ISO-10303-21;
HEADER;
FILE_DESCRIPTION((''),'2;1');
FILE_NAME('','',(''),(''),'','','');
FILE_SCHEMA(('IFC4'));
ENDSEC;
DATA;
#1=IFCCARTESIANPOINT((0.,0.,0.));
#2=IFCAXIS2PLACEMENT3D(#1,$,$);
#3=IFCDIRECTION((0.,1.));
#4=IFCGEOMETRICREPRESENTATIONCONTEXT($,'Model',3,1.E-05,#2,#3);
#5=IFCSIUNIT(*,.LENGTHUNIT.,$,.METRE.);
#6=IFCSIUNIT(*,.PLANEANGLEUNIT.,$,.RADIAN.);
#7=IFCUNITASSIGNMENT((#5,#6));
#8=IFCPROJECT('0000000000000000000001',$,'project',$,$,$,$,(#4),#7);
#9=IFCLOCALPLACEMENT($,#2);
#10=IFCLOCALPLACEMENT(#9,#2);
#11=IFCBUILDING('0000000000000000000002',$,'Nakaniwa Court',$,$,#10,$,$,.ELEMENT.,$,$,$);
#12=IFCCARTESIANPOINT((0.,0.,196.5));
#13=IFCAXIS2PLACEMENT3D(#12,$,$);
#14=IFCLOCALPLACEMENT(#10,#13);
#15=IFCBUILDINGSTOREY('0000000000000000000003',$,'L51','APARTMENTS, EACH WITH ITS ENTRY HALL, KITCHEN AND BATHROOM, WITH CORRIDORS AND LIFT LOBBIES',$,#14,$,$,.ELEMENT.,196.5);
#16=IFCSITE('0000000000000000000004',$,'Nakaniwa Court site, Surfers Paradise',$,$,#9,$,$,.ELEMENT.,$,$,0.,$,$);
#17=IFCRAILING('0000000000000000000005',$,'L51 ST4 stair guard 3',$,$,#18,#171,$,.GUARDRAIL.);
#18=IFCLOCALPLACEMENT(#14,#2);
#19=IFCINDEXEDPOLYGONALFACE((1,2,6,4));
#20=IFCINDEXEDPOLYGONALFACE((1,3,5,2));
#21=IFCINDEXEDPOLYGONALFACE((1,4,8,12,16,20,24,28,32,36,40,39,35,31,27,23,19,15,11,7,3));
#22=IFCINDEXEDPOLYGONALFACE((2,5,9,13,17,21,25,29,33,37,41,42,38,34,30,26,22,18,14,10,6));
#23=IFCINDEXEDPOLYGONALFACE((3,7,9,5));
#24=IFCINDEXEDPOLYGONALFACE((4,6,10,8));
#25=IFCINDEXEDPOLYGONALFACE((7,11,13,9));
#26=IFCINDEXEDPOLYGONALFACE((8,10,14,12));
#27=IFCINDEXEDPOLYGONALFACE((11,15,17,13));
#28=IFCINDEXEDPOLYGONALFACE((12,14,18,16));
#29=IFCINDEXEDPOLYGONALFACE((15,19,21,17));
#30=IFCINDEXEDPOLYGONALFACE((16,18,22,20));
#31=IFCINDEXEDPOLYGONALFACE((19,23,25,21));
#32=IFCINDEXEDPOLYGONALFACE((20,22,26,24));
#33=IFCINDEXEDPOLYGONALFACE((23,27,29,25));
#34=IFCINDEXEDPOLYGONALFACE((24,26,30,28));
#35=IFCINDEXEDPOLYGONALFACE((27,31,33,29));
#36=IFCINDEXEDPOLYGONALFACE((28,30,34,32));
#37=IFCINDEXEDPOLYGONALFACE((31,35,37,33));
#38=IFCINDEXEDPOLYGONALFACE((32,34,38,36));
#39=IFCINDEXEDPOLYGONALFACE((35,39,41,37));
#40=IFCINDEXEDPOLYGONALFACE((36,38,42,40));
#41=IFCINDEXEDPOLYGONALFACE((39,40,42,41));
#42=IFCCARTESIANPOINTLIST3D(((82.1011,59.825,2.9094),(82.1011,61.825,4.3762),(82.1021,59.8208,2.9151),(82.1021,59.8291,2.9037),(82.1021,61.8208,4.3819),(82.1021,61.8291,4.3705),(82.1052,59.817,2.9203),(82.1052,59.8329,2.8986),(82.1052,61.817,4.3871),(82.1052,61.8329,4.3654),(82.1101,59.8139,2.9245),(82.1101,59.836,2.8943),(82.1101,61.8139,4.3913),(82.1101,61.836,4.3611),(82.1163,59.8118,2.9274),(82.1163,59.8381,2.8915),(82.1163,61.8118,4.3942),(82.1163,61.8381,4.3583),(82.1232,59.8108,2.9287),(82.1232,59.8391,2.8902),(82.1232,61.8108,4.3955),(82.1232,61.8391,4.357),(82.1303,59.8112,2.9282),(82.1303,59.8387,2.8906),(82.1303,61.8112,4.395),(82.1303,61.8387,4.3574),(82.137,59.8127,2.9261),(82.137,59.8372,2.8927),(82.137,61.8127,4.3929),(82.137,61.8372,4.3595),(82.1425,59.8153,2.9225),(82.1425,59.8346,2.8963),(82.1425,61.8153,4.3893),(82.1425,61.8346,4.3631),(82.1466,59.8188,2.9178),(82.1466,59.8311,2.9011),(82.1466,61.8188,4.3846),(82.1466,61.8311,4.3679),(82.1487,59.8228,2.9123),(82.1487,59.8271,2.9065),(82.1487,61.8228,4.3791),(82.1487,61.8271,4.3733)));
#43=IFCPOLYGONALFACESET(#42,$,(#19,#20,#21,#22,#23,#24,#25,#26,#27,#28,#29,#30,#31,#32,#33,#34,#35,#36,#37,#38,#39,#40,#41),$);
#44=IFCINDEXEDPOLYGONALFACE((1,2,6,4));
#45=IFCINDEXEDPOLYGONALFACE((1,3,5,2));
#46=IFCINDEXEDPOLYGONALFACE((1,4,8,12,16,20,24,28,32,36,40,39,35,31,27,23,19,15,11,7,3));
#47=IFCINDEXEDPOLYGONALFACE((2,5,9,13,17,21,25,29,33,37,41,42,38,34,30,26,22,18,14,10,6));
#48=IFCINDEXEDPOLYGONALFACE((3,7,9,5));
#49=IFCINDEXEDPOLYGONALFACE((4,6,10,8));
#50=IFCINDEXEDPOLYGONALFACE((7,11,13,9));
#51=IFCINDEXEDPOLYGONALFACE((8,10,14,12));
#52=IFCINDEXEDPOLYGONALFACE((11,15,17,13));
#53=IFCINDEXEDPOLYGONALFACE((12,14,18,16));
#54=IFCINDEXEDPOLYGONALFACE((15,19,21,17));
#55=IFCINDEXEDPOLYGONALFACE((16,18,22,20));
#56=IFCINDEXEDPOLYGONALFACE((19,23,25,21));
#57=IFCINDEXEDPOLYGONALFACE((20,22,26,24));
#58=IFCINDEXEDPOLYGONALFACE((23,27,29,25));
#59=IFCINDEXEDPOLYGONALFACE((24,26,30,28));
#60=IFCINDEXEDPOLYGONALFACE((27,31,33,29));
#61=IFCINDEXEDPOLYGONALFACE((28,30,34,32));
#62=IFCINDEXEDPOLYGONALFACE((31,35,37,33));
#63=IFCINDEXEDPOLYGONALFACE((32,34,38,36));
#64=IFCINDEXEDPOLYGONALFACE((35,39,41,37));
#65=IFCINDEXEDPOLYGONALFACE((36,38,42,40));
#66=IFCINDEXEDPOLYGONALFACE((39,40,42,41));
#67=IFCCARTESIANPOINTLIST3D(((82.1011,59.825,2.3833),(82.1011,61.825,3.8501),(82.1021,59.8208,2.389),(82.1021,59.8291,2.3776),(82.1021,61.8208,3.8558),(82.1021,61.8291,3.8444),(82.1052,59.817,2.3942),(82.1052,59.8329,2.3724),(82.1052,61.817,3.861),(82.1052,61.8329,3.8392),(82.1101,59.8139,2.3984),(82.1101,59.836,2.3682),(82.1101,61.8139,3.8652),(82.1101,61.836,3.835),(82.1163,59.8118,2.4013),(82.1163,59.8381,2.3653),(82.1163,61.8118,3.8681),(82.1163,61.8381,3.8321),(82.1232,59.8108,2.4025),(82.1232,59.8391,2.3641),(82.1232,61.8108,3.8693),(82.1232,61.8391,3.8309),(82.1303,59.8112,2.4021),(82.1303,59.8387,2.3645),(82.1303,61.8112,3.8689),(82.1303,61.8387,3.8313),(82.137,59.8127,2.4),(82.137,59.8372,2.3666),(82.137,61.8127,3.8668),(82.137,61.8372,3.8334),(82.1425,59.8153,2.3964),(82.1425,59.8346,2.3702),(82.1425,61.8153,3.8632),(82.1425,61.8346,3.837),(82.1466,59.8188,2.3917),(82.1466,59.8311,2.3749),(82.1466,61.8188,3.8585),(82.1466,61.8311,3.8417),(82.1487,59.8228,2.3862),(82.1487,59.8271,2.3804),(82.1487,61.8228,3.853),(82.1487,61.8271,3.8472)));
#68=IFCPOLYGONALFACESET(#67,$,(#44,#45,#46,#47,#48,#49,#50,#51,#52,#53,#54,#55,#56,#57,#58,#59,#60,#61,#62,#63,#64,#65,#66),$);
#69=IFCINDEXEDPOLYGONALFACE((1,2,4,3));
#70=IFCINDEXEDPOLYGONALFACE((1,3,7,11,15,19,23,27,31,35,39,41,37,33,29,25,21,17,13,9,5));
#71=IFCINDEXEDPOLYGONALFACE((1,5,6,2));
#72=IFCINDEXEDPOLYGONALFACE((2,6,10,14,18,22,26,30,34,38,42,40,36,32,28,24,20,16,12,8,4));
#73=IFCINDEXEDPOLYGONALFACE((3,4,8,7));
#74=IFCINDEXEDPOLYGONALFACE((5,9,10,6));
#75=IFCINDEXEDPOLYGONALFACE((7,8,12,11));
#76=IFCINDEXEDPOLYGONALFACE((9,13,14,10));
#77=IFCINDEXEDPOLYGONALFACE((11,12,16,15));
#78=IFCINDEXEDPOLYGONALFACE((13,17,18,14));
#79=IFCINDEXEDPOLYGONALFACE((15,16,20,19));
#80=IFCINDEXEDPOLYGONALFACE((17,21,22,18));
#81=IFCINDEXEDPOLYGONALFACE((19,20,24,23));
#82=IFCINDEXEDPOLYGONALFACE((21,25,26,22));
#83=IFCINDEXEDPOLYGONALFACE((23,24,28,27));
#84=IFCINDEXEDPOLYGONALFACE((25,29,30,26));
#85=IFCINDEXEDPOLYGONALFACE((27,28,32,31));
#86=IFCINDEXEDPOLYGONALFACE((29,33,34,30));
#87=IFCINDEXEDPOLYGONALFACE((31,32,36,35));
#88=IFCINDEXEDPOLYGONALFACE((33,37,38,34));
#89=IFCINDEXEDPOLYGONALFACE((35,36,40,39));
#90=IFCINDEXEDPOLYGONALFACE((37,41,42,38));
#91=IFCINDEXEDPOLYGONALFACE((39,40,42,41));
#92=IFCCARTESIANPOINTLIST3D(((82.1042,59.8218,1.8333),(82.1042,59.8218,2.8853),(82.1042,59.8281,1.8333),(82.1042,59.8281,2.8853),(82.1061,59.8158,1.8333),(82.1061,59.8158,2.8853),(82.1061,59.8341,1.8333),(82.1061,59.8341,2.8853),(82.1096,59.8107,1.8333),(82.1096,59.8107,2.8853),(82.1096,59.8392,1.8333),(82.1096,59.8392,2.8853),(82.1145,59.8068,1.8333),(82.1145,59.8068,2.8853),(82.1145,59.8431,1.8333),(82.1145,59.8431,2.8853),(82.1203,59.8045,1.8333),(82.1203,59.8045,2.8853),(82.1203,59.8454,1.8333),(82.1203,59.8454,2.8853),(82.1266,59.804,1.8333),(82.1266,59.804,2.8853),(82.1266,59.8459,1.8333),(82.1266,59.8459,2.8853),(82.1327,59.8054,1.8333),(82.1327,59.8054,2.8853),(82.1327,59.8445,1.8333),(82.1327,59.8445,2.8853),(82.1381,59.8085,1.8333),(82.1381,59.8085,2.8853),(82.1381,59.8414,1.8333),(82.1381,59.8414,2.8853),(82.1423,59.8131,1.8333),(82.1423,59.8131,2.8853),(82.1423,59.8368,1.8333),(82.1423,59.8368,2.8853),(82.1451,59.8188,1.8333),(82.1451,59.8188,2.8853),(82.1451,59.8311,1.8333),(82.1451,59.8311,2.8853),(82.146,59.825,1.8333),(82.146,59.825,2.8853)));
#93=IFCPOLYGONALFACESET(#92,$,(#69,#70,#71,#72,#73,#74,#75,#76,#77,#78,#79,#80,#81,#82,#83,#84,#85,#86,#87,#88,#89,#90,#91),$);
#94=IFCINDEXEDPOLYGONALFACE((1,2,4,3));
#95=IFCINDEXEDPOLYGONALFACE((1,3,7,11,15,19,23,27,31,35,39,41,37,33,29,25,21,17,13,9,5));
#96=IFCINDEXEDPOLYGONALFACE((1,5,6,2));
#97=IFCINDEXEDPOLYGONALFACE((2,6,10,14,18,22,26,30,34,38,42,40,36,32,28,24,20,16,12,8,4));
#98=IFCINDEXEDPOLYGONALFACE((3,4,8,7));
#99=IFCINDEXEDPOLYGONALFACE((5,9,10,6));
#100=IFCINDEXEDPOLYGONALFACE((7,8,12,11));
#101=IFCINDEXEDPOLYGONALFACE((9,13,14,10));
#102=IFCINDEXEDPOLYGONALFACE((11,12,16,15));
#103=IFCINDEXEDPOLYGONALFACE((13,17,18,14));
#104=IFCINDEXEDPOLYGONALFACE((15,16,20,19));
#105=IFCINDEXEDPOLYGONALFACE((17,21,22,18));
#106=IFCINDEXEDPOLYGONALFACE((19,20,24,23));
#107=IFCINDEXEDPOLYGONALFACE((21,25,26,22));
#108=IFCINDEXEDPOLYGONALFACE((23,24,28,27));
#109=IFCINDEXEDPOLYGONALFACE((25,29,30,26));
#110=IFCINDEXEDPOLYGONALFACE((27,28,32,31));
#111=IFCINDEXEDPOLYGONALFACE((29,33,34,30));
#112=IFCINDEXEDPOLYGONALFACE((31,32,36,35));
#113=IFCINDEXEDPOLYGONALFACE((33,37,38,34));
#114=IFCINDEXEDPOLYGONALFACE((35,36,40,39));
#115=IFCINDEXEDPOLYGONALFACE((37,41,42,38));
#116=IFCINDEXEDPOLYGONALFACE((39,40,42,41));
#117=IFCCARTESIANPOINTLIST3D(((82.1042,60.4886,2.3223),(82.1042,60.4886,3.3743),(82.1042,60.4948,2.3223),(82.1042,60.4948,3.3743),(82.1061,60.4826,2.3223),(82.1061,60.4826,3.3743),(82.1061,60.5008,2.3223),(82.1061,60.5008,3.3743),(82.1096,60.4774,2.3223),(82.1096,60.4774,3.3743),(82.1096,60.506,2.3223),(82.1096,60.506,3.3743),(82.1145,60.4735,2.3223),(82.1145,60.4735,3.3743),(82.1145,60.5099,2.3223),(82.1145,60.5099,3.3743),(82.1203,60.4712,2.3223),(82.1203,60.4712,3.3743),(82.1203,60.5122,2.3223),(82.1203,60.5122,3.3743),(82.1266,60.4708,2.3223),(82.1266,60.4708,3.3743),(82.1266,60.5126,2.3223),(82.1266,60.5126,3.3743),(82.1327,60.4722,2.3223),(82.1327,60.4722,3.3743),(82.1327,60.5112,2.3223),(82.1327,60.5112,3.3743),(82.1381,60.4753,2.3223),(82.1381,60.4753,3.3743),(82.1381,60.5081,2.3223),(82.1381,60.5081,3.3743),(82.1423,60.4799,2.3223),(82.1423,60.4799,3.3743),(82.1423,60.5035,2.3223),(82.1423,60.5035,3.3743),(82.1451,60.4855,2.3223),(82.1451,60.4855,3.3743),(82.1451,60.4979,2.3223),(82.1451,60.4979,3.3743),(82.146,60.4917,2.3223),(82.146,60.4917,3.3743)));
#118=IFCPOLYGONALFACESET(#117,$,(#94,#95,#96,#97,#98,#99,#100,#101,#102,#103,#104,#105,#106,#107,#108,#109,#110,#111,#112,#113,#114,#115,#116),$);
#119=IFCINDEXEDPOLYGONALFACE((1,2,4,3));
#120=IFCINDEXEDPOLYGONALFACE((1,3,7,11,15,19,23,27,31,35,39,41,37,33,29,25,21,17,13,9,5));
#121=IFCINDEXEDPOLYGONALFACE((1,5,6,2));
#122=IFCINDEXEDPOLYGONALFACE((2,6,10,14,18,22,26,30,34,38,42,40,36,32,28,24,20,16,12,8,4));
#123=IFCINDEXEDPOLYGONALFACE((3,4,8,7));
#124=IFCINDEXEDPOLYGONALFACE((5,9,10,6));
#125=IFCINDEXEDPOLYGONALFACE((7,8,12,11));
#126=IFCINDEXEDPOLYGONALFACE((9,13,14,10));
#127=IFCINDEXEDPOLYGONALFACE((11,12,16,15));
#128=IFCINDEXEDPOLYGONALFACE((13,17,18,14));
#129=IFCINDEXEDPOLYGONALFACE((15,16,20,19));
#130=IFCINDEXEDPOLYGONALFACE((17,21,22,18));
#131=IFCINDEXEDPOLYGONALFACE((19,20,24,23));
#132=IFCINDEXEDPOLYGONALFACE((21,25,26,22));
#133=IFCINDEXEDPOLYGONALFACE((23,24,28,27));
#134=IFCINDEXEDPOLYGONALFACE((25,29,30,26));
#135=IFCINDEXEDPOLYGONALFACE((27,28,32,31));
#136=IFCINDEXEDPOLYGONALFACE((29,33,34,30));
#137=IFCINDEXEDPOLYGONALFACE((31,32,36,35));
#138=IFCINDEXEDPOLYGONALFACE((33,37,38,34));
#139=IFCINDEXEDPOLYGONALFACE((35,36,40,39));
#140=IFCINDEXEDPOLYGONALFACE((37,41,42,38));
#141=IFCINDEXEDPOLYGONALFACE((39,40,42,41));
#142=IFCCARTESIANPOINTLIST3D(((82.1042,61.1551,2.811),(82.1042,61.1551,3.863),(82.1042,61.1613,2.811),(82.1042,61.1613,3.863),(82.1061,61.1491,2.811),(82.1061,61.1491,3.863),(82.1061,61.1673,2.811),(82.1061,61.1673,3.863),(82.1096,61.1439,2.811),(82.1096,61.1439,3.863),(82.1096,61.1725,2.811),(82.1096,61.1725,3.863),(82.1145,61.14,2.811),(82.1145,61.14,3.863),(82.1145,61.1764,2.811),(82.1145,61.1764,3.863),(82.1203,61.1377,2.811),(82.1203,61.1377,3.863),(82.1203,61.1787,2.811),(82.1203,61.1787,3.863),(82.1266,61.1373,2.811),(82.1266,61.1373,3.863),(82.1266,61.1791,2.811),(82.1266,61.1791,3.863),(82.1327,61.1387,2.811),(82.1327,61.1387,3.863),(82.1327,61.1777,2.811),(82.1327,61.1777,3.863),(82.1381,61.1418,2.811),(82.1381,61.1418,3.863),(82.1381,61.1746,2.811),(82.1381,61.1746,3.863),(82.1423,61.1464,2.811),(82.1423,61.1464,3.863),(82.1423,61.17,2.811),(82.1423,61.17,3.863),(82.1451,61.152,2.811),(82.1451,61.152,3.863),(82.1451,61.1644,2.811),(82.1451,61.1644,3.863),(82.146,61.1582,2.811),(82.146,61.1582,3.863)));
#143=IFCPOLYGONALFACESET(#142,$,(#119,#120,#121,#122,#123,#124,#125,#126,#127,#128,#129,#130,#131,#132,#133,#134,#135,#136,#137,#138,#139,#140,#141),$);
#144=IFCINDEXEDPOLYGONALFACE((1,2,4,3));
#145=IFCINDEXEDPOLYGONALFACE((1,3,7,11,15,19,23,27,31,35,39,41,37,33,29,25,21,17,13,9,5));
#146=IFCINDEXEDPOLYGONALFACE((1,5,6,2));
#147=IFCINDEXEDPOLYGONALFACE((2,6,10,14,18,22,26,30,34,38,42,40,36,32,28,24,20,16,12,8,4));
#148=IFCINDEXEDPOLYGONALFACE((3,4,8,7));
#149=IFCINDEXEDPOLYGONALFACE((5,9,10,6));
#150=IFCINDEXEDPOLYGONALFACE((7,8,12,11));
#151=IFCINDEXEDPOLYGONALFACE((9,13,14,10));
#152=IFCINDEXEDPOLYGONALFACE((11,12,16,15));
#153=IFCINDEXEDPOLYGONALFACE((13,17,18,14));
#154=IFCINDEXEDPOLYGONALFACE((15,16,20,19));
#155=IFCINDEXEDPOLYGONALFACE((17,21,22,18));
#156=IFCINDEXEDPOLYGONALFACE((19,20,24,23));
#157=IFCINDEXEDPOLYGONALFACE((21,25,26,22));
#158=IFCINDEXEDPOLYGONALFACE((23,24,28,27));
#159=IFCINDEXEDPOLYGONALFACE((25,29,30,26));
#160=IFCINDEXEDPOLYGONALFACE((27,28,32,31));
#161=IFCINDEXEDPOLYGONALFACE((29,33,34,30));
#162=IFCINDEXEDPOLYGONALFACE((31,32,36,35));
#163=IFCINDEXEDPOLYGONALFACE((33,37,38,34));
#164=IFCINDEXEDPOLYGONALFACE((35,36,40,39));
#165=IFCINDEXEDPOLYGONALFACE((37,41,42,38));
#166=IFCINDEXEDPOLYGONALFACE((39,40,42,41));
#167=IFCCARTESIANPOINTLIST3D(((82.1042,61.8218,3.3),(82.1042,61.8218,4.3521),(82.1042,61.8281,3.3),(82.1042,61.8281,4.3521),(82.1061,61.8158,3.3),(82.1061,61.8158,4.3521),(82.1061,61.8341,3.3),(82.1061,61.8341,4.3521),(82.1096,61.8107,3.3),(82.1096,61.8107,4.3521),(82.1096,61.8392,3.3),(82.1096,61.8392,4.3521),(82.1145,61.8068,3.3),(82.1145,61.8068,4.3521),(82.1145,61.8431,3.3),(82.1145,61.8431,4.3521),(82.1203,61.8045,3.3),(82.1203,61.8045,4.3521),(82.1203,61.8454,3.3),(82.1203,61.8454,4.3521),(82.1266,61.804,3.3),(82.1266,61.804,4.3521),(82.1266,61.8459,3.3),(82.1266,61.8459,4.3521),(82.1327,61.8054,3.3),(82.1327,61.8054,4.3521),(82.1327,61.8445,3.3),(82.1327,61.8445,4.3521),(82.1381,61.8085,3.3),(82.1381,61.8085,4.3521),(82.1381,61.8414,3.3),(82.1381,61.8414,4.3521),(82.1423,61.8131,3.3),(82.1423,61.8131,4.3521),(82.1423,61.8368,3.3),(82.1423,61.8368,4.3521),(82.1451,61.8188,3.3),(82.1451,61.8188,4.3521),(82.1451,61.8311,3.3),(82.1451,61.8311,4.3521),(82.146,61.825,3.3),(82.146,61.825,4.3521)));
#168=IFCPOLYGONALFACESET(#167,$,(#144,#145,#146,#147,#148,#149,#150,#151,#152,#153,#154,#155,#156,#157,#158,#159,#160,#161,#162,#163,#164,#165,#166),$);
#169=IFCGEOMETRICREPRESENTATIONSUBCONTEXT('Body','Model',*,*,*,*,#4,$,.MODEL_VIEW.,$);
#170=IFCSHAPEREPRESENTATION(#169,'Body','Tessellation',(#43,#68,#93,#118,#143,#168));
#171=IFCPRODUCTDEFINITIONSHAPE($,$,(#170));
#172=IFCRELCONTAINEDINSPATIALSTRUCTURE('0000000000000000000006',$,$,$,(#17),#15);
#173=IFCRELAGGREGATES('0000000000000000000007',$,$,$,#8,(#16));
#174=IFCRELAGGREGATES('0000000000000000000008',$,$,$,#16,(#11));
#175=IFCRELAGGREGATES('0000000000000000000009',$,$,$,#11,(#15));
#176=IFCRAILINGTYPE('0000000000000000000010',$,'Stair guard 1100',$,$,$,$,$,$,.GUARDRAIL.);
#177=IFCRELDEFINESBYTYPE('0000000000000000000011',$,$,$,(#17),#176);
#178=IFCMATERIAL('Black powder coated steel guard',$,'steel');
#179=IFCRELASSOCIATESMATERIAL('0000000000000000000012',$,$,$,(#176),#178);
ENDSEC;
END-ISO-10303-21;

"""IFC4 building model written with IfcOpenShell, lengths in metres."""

from ifc_helpers import new_model, si_unit, direction, frame, origin, origin_2d, place, context, subcontext, project, spatial, circle, extrude, material, type_object, element, save


model = new_model("IFC4")

# Units and contexts
model_context = context("Model", 3, precision=1e-05, world=origin(), true_north=direction((0.0, 1.0)))
body_context = subcontext(model_context, "Body", "Model", "MODEL_VIEW")
ifc_project = project(units=[si_unit("LENGTHUNIT", "METRE"), si_unit("PLANEANGLEUNIT", "RADIAN")], contexts=[model_context])

# Site, building, storey
site_placement = place(None, origin())
site = spatial("IfcSite", under=ifc_project, at=site_placement, Name="Nakaniwa Court site, Surfers Paradise", CompositionType="ELEMENT", RefElevation=0.0)
building_placement = place(site_placement, origin())
building = spatial("IfcBuilding", under=site, at=building_placement, Name="Nakaniwa Court", CompositionType="ELEMENT")
storey_placement = place(building_placement, frame((0.0, 0.0, 196.5)))
storey = spatial("IfcBuildingStorey", under=building, at=storey_placement, Name="L51", Description="APARTMENTS, EACH WITH ITS ENTRY HALL, KITCHEN AND BATHROOM, WITH CORRIDORS AND LIFT LOBBIES", CompositionType="ELEMENT", Elevation=196.5)

# Railing
ifc_material_1 = material(Name="Black powder coated steel guard", Category="steel")
railing_type_1 = type_object("IfcRailingType", Name="Stair guard 1100", PredefinedType="GUARDRAIL", material=ifc_material_1)
railing_1_placement = place(storey_placement, frame((82.125, 59.825, 1.8333)))
element("IfcRailing", 1, at=railing_1_placement, inside=storey, type_object=railing_type_1, Name="L51 ST4 stair guard 3", PredefinedType="GUARDRAIL", context=body_context, shape_type="SweptSolid", body=[
    extrude(circle(Radius=0.0239, at=origin_2d()), frame((0.0, 0.0, 1.0762), z_axis=(0.0, 0.80638, 0.591398), x_axis=(-1.0, 0.0, 0.0)), (0.0, 0.0, 1.0), 2.4802),
    extrude(circle(Radius=0.0239, at=origin_2d()), frame((0.0, 0.0, 0.55), z_axis=(0.0, 0.80638, 0.591398), x_axis=(-1.0, 0.0, 0.0)), (0.0, 0.0, 1.0), 2.4802),
    extrude(circle(Radius=0.021, at=origin_2d()), origin(), (0.0, 0.0, 1.0), 1.052),
    extrude(circle(Radius=0.021, at=origin_2d()), frame((0.0, 0.6667, 0.489)), (0.0, 0.0, 1.0), 1.052),
    extrude(circle(Radius=0.021, at=origin_2d()), frame((0.0, 1.3333, 0.9778)), (0.0, 0.0, 1.0), 1.052),
    extrude(circle(Radius=0.021, at=origin_2d()), frame((0.0, 2.0, 1.4668)), (0.0, 0.0, 1.0), 1.052),
])

save(model, "model.ifc")
